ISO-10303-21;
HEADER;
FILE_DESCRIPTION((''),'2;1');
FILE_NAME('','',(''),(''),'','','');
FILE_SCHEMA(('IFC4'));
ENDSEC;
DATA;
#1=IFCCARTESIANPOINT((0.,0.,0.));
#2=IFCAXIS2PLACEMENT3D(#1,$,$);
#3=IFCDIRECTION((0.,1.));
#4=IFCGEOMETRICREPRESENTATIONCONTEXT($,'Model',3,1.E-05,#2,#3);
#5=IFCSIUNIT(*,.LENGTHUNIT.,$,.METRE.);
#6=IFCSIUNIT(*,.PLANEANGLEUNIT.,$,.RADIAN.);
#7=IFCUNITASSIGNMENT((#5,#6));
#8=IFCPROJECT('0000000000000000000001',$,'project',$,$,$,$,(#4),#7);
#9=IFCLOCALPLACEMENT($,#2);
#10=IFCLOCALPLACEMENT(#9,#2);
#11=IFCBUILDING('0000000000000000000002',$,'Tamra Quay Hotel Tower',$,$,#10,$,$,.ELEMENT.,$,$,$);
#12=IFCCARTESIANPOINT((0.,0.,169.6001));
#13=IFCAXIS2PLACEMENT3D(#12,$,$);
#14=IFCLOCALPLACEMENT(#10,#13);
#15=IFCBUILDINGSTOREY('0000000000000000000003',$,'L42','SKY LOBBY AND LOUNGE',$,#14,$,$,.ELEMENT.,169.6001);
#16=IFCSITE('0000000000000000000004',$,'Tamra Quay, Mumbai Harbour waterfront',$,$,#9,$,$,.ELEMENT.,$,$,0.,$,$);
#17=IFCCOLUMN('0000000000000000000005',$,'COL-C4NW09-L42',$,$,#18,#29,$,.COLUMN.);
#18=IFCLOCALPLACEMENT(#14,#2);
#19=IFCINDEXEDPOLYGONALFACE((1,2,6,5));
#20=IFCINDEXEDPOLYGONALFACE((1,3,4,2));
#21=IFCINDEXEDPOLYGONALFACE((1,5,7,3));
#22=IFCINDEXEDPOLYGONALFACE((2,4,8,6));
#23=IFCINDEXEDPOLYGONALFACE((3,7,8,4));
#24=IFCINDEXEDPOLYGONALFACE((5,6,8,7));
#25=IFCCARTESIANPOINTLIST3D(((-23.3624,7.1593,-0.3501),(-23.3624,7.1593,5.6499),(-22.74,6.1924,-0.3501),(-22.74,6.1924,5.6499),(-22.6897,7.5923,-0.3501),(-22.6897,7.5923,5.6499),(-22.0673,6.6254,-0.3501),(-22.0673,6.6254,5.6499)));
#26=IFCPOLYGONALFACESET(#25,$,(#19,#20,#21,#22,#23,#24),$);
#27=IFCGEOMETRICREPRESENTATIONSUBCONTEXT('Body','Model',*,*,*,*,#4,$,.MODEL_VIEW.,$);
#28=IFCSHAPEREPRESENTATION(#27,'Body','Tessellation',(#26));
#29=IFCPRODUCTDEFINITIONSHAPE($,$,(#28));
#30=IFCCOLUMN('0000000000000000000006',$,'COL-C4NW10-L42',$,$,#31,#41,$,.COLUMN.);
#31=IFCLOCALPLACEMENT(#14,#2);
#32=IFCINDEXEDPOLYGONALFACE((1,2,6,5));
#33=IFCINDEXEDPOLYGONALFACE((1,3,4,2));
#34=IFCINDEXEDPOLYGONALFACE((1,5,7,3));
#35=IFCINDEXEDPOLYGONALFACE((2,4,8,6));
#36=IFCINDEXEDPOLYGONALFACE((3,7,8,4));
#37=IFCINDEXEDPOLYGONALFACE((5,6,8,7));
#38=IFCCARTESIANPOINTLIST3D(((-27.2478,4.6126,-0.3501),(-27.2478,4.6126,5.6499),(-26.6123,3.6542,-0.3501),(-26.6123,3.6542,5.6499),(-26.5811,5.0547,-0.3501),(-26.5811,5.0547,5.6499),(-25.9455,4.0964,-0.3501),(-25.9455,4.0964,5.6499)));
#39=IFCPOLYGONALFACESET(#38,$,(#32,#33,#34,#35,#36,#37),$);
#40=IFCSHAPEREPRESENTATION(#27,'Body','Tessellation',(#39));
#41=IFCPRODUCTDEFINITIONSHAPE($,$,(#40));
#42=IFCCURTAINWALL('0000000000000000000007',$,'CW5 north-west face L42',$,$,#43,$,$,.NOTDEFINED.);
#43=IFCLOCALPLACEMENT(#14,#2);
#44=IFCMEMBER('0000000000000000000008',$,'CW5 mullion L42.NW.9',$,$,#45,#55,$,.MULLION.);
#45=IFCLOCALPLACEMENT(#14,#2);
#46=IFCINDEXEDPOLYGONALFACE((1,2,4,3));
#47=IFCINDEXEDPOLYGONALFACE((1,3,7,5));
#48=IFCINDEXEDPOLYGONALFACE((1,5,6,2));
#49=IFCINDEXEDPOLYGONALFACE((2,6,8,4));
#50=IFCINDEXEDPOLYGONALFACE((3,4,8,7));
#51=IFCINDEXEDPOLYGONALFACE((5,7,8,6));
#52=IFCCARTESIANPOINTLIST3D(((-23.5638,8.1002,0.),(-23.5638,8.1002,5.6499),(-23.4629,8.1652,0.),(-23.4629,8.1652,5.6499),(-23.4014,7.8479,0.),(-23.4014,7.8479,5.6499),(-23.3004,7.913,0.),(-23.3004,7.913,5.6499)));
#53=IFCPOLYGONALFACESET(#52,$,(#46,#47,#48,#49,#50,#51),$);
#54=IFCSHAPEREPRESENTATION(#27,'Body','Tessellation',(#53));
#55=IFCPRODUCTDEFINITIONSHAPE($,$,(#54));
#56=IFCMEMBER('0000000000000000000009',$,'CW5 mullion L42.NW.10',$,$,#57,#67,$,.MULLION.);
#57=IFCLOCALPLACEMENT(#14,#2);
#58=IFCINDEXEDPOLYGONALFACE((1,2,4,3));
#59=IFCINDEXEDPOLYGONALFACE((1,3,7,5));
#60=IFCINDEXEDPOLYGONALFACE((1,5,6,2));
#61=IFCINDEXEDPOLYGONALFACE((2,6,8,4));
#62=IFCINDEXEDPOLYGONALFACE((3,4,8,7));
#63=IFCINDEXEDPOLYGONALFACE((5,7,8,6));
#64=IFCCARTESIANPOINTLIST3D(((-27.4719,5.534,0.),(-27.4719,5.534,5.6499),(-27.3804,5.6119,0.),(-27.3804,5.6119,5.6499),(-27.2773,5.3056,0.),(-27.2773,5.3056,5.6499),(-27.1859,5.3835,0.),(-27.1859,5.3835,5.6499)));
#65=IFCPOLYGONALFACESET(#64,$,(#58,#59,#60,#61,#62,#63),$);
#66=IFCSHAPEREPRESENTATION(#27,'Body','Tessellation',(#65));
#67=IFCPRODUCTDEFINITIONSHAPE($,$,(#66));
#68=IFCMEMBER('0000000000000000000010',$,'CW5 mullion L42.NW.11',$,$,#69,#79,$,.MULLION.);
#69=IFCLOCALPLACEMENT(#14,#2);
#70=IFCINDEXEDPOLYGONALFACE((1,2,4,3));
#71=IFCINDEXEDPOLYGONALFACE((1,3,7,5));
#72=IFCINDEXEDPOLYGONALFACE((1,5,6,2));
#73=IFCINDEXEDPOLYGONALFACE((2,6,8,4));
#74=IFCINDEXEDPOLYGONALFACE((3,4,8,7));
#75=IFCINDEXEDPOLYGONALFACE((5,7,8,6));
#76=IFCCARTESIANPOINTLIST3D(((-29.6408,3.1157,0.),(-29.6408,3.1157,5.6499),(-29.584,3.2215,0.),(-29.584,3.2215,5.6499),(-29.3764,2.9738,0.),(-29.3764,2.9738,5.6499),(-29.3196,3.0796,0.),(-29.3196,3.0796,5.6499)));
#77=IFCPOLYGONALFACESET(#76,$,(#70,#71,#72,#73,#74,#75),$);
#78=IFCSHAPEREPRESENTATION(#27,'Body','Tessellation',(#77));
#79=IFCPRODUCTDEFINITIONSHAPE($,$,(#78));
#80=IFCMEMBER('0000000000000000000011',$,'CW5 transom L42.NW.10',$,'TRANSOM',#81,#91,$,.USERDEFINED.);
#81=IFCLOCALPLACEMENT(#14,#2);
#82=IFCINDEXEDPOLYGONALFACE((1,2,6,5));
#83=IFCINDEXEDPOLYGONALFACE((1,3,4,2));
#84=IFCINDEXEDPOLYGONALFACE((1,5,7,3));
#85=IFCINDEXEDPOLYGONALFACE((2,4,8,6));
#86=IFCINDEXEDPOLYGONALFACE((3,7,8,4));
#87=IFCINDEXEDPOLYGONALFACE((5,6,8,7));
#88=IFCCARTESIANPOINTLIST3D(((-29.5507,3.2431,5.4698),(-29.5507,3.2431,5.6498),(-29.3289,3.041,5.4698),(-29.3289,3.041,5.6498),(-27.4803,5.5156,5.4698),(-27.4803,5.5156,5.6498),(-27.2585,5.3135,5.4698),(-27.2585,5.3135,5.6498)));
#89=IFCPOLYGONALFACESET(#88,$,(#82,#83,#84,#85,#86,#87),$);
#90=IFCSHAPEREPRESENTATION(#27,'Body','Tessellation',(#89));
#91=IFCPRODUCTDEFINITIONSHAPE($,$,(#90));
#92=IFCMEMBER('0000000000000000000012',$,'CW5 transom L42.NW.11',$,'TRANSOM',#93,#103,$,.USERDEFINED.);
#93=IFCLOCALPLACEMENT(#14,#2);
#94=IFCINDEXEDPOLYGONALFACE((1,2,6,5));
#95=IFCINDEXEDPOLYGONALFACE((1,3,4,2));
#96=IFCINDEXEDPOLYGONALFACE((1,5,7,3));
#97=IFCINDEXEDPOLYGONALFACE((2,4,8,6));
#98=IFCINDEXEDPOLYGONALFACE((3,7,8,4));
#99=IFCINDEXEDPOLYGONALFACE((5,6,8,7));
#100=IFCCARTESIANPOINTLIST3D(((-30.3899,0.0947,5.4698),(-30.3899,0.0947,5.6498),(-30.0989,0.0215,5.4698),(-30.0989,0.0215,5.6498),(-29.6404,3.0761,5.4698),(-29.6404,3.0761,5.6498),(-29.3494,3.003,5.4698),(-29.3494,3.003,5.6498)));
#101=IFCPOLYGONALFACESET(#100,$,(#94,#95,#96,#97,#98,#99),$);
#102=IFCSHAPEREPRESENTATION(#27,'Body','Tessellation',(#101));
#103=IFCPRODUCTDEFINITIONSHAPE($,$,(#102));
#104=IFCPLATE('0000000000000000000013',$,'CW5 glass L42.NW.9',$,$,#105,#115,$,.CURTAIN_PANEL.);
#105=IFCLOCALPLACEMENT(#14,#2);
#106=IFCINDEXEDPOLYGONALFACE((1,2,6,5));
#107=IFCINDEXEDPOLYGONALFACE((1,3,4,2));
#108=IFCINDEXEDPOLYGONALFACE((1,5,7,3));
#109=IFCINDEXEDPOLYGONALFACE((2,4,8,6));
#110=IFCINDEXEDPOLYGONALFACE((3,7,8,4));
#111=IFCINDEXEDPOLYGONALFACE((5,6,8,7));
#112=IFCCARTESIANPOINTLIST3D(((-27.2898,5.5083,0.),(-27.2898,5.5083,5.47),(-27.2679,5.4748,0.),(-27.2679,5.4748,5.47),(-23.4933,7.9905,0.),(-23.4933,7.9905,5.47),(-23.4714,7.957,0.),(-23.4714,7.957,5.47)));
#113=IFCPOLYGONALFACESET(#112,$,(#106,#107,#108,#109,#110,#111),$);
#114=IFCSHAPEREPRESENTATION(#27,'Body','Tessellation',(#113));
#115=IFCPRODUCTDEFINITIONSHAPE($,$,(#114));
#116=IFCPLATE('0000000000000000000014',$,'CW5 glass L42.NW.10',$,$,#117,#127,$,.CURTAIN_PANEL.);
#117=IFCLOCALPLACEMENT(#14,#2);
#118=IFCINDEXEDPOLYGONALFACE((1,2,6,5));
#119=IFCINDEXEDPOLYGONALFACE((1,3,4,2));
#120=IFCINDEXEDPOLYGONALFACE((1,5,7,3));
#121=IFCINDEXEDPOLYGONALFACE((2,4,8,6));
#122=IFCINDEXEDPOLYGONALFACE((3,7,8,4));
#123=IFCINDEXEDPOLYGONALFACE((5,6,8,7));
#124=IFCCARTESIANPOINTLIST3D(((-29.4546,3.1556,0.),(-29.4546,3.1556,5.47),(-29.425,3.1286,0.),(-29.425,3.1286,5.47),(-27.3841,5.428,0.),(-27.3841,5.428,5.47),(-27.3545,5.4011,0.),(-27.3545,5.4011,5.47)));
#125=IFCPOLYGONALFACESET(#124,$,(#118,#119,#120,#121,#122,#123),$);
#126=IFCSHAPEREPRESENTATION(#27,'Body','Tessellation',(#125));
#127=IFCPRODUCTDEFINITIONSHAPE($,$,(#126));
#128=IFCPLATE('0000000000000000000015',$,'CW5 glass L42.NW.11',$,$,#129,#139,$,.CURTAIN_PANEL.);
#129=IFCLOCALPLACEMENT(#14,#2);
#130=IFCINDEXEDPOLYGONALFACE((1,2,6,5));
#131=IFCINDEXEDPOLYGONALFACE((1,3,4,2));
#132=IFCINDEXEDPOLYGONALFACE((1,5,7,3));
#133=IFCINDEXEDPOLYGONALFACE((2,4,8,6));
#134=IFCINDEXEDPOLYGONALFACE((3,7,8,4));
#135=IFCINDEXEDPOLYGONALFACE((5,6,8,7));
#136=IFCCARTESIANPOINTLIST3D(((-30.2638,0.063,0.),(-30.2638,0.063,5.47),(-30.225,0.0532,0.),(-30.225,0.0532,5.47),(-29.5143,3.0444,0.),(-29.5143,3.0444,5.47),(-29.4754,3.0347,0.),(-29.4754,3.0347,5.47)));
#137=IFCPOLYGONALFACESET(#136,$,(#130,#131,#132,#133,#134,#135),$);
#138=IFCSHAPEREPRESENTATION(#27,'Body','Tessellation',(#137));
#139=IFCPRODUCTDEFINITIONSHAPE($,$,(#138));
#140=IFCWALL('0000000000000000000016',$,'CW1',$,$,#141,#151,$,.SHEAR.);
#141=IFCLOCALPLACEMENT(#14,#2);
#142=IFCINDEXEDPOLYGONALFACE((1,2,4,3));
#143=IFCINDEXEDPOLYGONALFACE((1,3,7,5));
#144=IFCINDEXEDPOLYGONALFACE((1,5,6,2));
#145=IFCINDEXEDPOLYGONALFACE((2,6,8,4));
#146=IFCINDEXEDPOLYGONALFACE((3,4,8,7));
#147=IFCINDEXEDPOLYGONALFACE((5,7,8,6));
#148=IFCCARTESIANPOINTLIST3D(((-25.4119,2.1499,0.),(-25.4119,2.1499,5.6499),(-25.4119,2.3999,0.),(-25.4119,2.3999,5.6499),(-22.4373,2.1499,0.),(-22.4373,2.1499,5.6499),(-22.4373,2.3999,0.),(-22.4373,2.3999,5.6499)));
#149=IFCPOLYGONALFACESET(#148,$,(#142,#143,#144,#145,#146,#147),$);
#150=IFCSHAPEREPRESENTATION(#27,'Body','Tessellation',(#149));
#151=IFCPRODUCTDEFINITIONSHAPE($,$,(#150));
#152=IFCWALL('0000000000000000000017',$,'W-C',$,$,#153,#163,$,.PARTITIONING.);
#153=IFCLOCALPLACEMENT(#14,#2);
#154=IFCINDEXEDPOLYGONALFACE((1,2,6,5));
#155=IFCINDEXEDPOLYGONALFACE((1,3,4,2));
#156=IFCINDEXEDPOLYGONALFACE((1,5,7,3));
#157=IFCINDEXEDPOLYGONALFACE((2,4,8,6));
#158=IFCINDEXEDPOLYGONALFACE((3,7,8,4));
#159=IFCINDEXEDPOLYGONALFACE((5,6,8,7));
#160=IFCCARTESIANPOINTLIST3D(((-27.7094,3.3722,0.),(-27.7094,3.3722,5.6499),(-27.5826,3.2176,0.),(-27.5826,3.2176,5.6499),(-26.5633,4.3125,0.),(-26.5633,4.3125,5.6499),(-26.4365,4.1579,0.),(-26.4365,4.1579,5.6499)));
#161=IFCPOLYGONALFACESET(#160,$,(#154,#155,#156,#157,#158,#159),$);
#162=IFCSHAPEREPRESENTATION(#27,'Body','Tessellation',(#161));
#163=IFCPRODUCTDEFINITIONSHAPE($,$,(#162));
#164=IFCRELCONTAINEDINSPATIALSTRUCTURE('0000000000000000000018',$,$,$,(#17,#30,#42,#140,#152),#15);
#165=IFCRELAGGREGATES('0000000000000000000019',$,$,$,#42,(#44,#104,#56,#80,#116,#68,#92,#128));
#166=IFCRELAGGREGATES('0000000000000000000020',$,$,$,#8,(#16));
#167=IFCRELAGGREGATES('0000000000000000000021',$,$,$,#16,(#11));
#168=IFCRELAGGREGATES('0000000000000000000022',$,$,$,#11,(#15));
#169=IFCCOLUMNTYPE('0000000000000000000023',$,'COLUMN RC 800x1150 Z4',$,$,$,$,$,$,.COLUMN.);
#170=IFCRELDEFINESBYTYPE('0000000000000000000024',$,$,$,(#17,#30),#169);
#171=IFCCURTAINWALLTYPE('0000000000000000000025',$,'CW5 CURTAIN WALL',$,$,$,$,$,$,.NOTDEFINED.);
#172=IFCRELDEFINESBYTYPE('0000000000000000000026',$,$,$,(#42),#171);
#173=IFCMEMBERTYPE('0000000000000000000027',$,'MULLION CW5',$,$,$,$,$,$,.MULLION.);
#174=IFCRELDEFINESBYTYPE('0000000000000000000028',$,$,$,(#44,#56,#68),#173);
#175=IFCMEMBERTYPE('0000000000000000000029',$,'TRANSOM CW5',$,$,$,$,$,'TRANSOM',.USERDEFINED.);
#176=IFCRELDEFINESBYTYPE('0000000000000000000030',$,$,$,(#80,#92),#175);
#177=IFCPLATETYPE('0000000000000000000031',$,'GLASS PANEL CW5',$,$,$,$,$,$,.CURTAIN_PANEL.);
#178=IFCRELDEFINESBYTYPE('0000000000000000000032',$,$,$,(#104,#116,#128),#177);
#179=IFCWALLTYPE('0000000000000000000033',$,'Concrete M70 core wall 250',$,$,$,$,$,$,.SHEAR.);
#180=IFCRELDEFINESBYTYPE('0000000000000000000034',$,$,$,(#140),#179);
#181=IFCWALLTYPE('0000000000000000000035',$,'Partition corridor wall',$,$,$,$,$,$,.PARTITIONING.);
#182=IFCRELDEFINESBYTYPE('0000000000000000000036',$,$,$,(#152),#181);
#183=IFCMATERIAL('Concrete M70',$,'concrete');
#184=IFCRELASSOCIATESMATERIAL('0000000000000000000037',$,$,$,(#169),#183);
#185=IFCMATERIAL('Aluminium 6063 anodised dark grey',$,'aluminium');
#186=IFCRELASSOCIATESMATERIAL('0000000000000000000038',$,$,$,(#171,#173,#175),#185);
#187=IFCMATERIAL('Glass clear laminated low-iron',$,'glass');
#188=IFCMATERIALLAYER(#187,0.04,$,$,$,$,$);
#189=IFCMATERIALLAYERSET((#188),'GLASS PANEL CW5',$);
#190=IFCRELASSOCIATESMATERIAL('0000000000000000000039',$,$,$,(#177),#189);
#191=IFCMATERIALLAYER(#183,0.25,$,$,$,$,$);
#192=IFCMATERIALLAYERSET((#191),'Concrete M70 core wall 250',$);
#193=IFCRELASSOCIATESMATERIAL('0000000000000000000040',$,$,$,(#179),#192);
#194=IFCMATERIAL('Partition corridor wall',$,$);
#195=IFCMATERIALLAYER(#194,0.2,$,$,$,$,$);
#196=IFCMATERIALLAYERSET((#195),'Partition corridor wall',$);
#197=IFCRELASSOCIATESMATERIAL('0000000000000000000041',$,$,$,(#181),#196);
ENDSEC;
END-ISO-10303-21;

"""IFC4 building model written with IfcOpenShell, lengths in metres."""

from ifc_helpers import new_model, si_unit, direction, frame, frame_2d, origin, origin_2d, place, context, subcontext, project, spatial, rectangle, extrude, material, layer, layer_set, material_profile, profile_set, type_object, element, aggregate, save


model = new_model("IFC4")

# Units and contexts
model_context = context("Model", 3, precision=1e-05, world=origin(), true_north=direction((0.0, 1.0)))
body_context = subcontext(model_context, "Body", "Model", "MODEL_VIEW")
ifc_project = project(units=[si_unit("LENGTHUNIT", "METRE"), si_unit("PLANEANGLEUNIT", "RADIAN")], contexts=[model_context])

# Site, building, storey
site_placement = place(None, origin())
site = spatial("IfcSite", under=ifc_project, at=site_placement, Name="Tamra Quay, Mumbai Harbour waterfront", CompositionType="ELEMENT", RefElevation=0.0)
building_placement = place(site_placement, origin())
building = spatial("IfcBuilding", under=site, at=building_placement, Name="Tamra Quay Hotel Tower", CompositionType="ELEMENT")
storey_placement = place(building_placement, frame((0.0, 0.0, 169.6001)))
storey = spatial("IfcBuildingStorey", under=building, at=storey_placement, Name="L42", Description="SKY LOBBY AND LOUNGE", CompositionType="ELEMENT", Elevation=169.6001)

# Columns
ifc_material_1 = material(Name="Concrete M70", Category="concrete")
ifc_material_profile_1 = material_profile(ifc_material_1, rectangle(XDim=1.1499, YDim=0.8, at=origin_2d()), Name="COLUMN RC 800x1150 Z4")
ifc_profile_set_1 = profile_set([ifc_material_profile_1], Name="Concrete M70")
column_type = type_object("IfcColumnType", Name="COLUMN RC 800x1150 Z4", PredefinedType="COLUMN", material=ifc_profile_set_1)
for number, where, z_axis, x_axis, name in (
    (1, (-22.7148, 6.8923, -0.3501), (0.0, 0.0, 1.0), (-0.541283, 0.840841, 0.0), "COL-C4NW09-L42"),
    (2, (-26.5967, 4.3545, -0.3501), (0.0, 0.0, 1.0), (-0.552666, 0.833403, 0.0), "COL-C4NW10-L42"),
):
    element("IfcColumn", number, at=place(storey_placement, frame(where, z_axis=z_axis, x_axis=x_axis)), inside=storey, type_object=column_type, Name=name, PredefinedType="COLUMN", context=body_context, shape_type="SweptSolid", body=[
        extrude(rectangle(XDim=1.1499, YDim=0.8, at=origin_2d()), origin(), (0.0, 0.0, 1.0), 6.0),
    ])

# Curtain wall, members, plates
ifc_material_2 = material(Name="Aluminium 6063 anodised dark grey", Category="aluminium")
curtain_wall_type = type_object("IfcCurtainWallType", Name="CW5 CURTAIN WALL", PredefinedType="NOTDEFINED", material=ifc_material_2)
curtain_wall_placement = place(storey_placement, origin())
curtain_wall = element("IfcCurtainWall", 3, at=curtain_wall_placement, inside=storey, type_object=curtain_wall_type, Name="CW5 north-west face L42", PredefinedType="NOTDEFINED")
ifc_material_profile_2 = material_profile(ifc_material_2, rectangle(XDim=0.3, YDim=0.1201, at=origin_2d()), Name="MULLION 120X300")
ifc_profile_set_2 = profile_set([ifc_material_profile_2], Name="Aluminium 6063 anodised dark grey")
member_type_1 = type_object("IfcMemberType", Name="MULLION CW5", PredefinedType="MULLION", material=ifc_profile_set_2)
member_1_placement = place(storey_placement, frame((-23.4321, 8.0066, 0.0), z_axis=(0.0, 0.0, 1.0), x_axis=(-0.541422, 0.840751, 0.0)))
member_1 = element("IfcMember", 4, at=member_1_placement, type_object=member_type_1, Name="CW5 mullion L42.NW.9", PredefinedType="MULLION", context=body_context, shape_type="SweptSolid", body=[
    extrude(rectangle(XDim=0.3, YDim=0.1201, at=origin_2d()), origin(), (0.0, 0.0, 1.0), 5.6499),
])
member_2_placement = place(storey_placement, frame((-27.3289, 5.4587, 0.0), z_axis=(0.0, 0.0, 1.0), x_axis=(-0.648381, 0.761316, 0.0)))
member_2 = element("IfcMember", 5, at=member_2_placement, type_object=member_type_1, Name="CW5 mullion L42.NW.10", PredefinedType="MULLION", context=body_context, shape_type="SweptSolid", body=[
    extrude(rectangle(XDim=0.3, YDim=0.1201, at=origin_2d()), origin(), (0.0, 0.0, 1.0), 5.6499),
])
member_3_placement = place(storey_placement, frame((-29.4802, 3.0977, 0.0), z_axis=(0.0, 0.0, 1.0), x_axis=(-0.881098, 0.472935, 0.0)))
member_3 = element("IfcMember", 6, at=member_3_placement, type_object=member_type_1, Name="CW5 mullion L42.NW.11", PredefinedType="MULLION", context=body_context, shape_type="SweptSolid", body=[
    extrude(rectangle(XDim=0.3, YDim=0.1201, at=origin_2d()), origin(), (0.0, 0.0, 1.0), 5.6499),
])
ifc_material_profile_3 = material_profile(ifc_material_2, rectangle(XDim=0.3, YDim=0.1799, at=origin_2d()), Name="TRANSOM 300X180")
ifc_profile_set_3 = profile_set([ifc_material_profile_3], Name="Aluminium 6063 anodised dark grey")
member_type_2 = type_object("IfcMemberType", Name="TRANSOM CW5", ElementType="TRANSOM", PredefinedType="USERDEFINED", material=ifc_profile_set_3)
member_4_placement = place(storey_placement, frame((-27.3694, 5.4146, 5.5598), z_axis=(-0.673463, -0.739221, 0.0), x_axis=(0.739221, -0.673463, 0.0)))
member_4 = element("IfcMember", 7, at=member_4_placement, type_object=member_type_2, Name="CW5 transom L42.NW.10", ObjectType="TRANSOM", PredefinedType="USERDEFINED", context=body_context, shape_type="SweptSolid", body=[
    extrude(rectangle(XDim=0.3, YDim=0.1799, at=origin_2d()), origin(), (0.0, 0.0, 1.0), 3.0742),
])
member_5_placement = place(storey_placement, frame((-29.4949, 3.0396, 5.5598), z_axis=(-0.243806, -0.969824, 0.0), x_axis=(0.969824, -0.243806, 0.0)))
member_5 = element("IfcMember", 8, at=member_5_placement, type_object=member_type_2, Name="CW5 transom L42.NW.11", ObjectType="TRANSOM", PredefinedType="USERDEFINED", context=body_context, shape_type="SweptSolid", body=[
    extrude(rectangle(XDim=0.3, YDim=0.1799, at=origin_2d()), origin(), (0.0, 0.0, 1.0), 3.0742),
])
ifc_material_3 = material(Name="Glass clear laminated low-iron", Category="glass")
ifc_layer_1 = layer(ifc_material_3, 0.04)
ifc_layer_set_1 = layer_set([ifc_layer_1], Name="GLASS PANEL CW5")
plate_type = type_object("IfcPlateType", Name="GLASS PANEL CW5", PredefinedType="CURTAIN_PANEL", material=ifc_layer_set_1)
plate_1_placement = place(storey_placement, frame((-25.3806, 6.7327, 0.0), z_axis=(0.0, 0.0, 1.0), x_axis=(-0.836986, -0.547224, 0.0)))
plate_1 = element("IfcPlate", 9, at=plate_1_placement, type_object=plate_type, Name="CW5 glass L42.NW.9", PredefinedType="CURTAIN_PANEL", context=body_context, shape_type="SweptSolid", body=[
    extrude(rectangle(XDim=4.5359, YDim=0.04, at=origin_2d()), origin(), (0.0, 0.0, 1.0), 5.47),
])
plate_2_placement = place(storey_placement, frame((-28.4045, 4.2783, 0.0), z_axis=(0.0, 0.0, 1.0), x_axis=(-0.673496, -0.739191, 0.0)))
plate_2 = element("IfcPlate", 10, at=plate_2_placement, type_object=plate_type, Name="CW5 glass L42.NW.10", PredefinedType="CURTAIN_PANEL", context=body_context, shape_type="SweptSolid", body=[
    extrude(rectangle(XDim=3.0742, YDim=0.04, at=origin_2d()), origin(), (0.0, 0.0, 1.0), 5.47),
])
plate_3_placement = place(storey_placement, frame((-29.8696, 1.5488, 0.0), z_axis=(0.0, 0.0, 1.0), x_axis=(-0.243826, -0.969819, 0.0)))
plate_3 = element("IfcPlate", 11, at=plate_3_placement, type_object=plate_type, Name="CW5 glass L42.NW.11", PredefinedType="CURTAIN_PANEL", context=body_context, shape_type="SweptSolid", body=[
    extrude(rectangle(XDim=3.0742, YDim=0.04, at=origin_2d()), origin(), (0.0, 0.0, 1.0), 5.47),
])
aggregate(curtain_wall, [member_1, plate_1, member_2, member_4, plate_2, member_3, member_5, plate_3])

# Walls
ifc_layer_2 = layer(ifc_material_1, 0.25)
ifc_layer_set_2 = layer_set([ifc_layer_2], Name="Concrete M70 core wall 250")
wall_type_1 = type_object("IfcWallType", Name="Concrete M70 core wall 250", PredefinedType="SHEAR", material=ifc_layer_set_2)
wall_1_placement = place(storey_placement, frame((-25.4119, 2.2749, 0.0), z_axis=(0.0, 0.0, 1.0), x_axis=(1.0, 0.0, 0.0)))
element("IfcWall", 12, at=wall_1_placement, inside=storey, type_object=wall_type_1, Name="CW1", PredefinedType="SHEAR", context=body_context, shape_type="SweptSolid", body=[
    extrude(rectangle(XDim=2.9746, YDim=0.25, at=frame_2d((1.4873, 0.0))), origin(), (0.0, 0.0, 1.0), 5.6499),
])
ifc_material_4 = material(Name="Partition corridor wall")
ifc_layer_3 = layer(ifc_material_4, 0.2)
ifc_layer_set_3 = layer_set([ifc_layer_3], Name="Partition corridor wall")
wall_type_2 = type_object("IfcWallType", Name="Partition corridor wall", PredefinedType="PARTITIONING", material=ifc_layer_set_3)
wall_2_placement = place(storey_placement, frame((-27.646, 3.2949, 0.0), z_axis=(0.0, 0.0, 1.0), x_axis=(0.773113, 0.634269, 0.0)))
element("IfcWall", 13, at=wall_2_placement, inside=storey, type_object=wall_type_2, Name="W-C", PredefinedType="PARTITIONING", context=body_context, shape_type="SweptSolid", body=[
    extrude(rectangle(XDim=1.4824, YDim=0.2, at=frame_2d((0.7412, 0.0))), origin(), (0.0, 0.0, 1.0), 5.6499),
])

save(model, "model.ifc")
